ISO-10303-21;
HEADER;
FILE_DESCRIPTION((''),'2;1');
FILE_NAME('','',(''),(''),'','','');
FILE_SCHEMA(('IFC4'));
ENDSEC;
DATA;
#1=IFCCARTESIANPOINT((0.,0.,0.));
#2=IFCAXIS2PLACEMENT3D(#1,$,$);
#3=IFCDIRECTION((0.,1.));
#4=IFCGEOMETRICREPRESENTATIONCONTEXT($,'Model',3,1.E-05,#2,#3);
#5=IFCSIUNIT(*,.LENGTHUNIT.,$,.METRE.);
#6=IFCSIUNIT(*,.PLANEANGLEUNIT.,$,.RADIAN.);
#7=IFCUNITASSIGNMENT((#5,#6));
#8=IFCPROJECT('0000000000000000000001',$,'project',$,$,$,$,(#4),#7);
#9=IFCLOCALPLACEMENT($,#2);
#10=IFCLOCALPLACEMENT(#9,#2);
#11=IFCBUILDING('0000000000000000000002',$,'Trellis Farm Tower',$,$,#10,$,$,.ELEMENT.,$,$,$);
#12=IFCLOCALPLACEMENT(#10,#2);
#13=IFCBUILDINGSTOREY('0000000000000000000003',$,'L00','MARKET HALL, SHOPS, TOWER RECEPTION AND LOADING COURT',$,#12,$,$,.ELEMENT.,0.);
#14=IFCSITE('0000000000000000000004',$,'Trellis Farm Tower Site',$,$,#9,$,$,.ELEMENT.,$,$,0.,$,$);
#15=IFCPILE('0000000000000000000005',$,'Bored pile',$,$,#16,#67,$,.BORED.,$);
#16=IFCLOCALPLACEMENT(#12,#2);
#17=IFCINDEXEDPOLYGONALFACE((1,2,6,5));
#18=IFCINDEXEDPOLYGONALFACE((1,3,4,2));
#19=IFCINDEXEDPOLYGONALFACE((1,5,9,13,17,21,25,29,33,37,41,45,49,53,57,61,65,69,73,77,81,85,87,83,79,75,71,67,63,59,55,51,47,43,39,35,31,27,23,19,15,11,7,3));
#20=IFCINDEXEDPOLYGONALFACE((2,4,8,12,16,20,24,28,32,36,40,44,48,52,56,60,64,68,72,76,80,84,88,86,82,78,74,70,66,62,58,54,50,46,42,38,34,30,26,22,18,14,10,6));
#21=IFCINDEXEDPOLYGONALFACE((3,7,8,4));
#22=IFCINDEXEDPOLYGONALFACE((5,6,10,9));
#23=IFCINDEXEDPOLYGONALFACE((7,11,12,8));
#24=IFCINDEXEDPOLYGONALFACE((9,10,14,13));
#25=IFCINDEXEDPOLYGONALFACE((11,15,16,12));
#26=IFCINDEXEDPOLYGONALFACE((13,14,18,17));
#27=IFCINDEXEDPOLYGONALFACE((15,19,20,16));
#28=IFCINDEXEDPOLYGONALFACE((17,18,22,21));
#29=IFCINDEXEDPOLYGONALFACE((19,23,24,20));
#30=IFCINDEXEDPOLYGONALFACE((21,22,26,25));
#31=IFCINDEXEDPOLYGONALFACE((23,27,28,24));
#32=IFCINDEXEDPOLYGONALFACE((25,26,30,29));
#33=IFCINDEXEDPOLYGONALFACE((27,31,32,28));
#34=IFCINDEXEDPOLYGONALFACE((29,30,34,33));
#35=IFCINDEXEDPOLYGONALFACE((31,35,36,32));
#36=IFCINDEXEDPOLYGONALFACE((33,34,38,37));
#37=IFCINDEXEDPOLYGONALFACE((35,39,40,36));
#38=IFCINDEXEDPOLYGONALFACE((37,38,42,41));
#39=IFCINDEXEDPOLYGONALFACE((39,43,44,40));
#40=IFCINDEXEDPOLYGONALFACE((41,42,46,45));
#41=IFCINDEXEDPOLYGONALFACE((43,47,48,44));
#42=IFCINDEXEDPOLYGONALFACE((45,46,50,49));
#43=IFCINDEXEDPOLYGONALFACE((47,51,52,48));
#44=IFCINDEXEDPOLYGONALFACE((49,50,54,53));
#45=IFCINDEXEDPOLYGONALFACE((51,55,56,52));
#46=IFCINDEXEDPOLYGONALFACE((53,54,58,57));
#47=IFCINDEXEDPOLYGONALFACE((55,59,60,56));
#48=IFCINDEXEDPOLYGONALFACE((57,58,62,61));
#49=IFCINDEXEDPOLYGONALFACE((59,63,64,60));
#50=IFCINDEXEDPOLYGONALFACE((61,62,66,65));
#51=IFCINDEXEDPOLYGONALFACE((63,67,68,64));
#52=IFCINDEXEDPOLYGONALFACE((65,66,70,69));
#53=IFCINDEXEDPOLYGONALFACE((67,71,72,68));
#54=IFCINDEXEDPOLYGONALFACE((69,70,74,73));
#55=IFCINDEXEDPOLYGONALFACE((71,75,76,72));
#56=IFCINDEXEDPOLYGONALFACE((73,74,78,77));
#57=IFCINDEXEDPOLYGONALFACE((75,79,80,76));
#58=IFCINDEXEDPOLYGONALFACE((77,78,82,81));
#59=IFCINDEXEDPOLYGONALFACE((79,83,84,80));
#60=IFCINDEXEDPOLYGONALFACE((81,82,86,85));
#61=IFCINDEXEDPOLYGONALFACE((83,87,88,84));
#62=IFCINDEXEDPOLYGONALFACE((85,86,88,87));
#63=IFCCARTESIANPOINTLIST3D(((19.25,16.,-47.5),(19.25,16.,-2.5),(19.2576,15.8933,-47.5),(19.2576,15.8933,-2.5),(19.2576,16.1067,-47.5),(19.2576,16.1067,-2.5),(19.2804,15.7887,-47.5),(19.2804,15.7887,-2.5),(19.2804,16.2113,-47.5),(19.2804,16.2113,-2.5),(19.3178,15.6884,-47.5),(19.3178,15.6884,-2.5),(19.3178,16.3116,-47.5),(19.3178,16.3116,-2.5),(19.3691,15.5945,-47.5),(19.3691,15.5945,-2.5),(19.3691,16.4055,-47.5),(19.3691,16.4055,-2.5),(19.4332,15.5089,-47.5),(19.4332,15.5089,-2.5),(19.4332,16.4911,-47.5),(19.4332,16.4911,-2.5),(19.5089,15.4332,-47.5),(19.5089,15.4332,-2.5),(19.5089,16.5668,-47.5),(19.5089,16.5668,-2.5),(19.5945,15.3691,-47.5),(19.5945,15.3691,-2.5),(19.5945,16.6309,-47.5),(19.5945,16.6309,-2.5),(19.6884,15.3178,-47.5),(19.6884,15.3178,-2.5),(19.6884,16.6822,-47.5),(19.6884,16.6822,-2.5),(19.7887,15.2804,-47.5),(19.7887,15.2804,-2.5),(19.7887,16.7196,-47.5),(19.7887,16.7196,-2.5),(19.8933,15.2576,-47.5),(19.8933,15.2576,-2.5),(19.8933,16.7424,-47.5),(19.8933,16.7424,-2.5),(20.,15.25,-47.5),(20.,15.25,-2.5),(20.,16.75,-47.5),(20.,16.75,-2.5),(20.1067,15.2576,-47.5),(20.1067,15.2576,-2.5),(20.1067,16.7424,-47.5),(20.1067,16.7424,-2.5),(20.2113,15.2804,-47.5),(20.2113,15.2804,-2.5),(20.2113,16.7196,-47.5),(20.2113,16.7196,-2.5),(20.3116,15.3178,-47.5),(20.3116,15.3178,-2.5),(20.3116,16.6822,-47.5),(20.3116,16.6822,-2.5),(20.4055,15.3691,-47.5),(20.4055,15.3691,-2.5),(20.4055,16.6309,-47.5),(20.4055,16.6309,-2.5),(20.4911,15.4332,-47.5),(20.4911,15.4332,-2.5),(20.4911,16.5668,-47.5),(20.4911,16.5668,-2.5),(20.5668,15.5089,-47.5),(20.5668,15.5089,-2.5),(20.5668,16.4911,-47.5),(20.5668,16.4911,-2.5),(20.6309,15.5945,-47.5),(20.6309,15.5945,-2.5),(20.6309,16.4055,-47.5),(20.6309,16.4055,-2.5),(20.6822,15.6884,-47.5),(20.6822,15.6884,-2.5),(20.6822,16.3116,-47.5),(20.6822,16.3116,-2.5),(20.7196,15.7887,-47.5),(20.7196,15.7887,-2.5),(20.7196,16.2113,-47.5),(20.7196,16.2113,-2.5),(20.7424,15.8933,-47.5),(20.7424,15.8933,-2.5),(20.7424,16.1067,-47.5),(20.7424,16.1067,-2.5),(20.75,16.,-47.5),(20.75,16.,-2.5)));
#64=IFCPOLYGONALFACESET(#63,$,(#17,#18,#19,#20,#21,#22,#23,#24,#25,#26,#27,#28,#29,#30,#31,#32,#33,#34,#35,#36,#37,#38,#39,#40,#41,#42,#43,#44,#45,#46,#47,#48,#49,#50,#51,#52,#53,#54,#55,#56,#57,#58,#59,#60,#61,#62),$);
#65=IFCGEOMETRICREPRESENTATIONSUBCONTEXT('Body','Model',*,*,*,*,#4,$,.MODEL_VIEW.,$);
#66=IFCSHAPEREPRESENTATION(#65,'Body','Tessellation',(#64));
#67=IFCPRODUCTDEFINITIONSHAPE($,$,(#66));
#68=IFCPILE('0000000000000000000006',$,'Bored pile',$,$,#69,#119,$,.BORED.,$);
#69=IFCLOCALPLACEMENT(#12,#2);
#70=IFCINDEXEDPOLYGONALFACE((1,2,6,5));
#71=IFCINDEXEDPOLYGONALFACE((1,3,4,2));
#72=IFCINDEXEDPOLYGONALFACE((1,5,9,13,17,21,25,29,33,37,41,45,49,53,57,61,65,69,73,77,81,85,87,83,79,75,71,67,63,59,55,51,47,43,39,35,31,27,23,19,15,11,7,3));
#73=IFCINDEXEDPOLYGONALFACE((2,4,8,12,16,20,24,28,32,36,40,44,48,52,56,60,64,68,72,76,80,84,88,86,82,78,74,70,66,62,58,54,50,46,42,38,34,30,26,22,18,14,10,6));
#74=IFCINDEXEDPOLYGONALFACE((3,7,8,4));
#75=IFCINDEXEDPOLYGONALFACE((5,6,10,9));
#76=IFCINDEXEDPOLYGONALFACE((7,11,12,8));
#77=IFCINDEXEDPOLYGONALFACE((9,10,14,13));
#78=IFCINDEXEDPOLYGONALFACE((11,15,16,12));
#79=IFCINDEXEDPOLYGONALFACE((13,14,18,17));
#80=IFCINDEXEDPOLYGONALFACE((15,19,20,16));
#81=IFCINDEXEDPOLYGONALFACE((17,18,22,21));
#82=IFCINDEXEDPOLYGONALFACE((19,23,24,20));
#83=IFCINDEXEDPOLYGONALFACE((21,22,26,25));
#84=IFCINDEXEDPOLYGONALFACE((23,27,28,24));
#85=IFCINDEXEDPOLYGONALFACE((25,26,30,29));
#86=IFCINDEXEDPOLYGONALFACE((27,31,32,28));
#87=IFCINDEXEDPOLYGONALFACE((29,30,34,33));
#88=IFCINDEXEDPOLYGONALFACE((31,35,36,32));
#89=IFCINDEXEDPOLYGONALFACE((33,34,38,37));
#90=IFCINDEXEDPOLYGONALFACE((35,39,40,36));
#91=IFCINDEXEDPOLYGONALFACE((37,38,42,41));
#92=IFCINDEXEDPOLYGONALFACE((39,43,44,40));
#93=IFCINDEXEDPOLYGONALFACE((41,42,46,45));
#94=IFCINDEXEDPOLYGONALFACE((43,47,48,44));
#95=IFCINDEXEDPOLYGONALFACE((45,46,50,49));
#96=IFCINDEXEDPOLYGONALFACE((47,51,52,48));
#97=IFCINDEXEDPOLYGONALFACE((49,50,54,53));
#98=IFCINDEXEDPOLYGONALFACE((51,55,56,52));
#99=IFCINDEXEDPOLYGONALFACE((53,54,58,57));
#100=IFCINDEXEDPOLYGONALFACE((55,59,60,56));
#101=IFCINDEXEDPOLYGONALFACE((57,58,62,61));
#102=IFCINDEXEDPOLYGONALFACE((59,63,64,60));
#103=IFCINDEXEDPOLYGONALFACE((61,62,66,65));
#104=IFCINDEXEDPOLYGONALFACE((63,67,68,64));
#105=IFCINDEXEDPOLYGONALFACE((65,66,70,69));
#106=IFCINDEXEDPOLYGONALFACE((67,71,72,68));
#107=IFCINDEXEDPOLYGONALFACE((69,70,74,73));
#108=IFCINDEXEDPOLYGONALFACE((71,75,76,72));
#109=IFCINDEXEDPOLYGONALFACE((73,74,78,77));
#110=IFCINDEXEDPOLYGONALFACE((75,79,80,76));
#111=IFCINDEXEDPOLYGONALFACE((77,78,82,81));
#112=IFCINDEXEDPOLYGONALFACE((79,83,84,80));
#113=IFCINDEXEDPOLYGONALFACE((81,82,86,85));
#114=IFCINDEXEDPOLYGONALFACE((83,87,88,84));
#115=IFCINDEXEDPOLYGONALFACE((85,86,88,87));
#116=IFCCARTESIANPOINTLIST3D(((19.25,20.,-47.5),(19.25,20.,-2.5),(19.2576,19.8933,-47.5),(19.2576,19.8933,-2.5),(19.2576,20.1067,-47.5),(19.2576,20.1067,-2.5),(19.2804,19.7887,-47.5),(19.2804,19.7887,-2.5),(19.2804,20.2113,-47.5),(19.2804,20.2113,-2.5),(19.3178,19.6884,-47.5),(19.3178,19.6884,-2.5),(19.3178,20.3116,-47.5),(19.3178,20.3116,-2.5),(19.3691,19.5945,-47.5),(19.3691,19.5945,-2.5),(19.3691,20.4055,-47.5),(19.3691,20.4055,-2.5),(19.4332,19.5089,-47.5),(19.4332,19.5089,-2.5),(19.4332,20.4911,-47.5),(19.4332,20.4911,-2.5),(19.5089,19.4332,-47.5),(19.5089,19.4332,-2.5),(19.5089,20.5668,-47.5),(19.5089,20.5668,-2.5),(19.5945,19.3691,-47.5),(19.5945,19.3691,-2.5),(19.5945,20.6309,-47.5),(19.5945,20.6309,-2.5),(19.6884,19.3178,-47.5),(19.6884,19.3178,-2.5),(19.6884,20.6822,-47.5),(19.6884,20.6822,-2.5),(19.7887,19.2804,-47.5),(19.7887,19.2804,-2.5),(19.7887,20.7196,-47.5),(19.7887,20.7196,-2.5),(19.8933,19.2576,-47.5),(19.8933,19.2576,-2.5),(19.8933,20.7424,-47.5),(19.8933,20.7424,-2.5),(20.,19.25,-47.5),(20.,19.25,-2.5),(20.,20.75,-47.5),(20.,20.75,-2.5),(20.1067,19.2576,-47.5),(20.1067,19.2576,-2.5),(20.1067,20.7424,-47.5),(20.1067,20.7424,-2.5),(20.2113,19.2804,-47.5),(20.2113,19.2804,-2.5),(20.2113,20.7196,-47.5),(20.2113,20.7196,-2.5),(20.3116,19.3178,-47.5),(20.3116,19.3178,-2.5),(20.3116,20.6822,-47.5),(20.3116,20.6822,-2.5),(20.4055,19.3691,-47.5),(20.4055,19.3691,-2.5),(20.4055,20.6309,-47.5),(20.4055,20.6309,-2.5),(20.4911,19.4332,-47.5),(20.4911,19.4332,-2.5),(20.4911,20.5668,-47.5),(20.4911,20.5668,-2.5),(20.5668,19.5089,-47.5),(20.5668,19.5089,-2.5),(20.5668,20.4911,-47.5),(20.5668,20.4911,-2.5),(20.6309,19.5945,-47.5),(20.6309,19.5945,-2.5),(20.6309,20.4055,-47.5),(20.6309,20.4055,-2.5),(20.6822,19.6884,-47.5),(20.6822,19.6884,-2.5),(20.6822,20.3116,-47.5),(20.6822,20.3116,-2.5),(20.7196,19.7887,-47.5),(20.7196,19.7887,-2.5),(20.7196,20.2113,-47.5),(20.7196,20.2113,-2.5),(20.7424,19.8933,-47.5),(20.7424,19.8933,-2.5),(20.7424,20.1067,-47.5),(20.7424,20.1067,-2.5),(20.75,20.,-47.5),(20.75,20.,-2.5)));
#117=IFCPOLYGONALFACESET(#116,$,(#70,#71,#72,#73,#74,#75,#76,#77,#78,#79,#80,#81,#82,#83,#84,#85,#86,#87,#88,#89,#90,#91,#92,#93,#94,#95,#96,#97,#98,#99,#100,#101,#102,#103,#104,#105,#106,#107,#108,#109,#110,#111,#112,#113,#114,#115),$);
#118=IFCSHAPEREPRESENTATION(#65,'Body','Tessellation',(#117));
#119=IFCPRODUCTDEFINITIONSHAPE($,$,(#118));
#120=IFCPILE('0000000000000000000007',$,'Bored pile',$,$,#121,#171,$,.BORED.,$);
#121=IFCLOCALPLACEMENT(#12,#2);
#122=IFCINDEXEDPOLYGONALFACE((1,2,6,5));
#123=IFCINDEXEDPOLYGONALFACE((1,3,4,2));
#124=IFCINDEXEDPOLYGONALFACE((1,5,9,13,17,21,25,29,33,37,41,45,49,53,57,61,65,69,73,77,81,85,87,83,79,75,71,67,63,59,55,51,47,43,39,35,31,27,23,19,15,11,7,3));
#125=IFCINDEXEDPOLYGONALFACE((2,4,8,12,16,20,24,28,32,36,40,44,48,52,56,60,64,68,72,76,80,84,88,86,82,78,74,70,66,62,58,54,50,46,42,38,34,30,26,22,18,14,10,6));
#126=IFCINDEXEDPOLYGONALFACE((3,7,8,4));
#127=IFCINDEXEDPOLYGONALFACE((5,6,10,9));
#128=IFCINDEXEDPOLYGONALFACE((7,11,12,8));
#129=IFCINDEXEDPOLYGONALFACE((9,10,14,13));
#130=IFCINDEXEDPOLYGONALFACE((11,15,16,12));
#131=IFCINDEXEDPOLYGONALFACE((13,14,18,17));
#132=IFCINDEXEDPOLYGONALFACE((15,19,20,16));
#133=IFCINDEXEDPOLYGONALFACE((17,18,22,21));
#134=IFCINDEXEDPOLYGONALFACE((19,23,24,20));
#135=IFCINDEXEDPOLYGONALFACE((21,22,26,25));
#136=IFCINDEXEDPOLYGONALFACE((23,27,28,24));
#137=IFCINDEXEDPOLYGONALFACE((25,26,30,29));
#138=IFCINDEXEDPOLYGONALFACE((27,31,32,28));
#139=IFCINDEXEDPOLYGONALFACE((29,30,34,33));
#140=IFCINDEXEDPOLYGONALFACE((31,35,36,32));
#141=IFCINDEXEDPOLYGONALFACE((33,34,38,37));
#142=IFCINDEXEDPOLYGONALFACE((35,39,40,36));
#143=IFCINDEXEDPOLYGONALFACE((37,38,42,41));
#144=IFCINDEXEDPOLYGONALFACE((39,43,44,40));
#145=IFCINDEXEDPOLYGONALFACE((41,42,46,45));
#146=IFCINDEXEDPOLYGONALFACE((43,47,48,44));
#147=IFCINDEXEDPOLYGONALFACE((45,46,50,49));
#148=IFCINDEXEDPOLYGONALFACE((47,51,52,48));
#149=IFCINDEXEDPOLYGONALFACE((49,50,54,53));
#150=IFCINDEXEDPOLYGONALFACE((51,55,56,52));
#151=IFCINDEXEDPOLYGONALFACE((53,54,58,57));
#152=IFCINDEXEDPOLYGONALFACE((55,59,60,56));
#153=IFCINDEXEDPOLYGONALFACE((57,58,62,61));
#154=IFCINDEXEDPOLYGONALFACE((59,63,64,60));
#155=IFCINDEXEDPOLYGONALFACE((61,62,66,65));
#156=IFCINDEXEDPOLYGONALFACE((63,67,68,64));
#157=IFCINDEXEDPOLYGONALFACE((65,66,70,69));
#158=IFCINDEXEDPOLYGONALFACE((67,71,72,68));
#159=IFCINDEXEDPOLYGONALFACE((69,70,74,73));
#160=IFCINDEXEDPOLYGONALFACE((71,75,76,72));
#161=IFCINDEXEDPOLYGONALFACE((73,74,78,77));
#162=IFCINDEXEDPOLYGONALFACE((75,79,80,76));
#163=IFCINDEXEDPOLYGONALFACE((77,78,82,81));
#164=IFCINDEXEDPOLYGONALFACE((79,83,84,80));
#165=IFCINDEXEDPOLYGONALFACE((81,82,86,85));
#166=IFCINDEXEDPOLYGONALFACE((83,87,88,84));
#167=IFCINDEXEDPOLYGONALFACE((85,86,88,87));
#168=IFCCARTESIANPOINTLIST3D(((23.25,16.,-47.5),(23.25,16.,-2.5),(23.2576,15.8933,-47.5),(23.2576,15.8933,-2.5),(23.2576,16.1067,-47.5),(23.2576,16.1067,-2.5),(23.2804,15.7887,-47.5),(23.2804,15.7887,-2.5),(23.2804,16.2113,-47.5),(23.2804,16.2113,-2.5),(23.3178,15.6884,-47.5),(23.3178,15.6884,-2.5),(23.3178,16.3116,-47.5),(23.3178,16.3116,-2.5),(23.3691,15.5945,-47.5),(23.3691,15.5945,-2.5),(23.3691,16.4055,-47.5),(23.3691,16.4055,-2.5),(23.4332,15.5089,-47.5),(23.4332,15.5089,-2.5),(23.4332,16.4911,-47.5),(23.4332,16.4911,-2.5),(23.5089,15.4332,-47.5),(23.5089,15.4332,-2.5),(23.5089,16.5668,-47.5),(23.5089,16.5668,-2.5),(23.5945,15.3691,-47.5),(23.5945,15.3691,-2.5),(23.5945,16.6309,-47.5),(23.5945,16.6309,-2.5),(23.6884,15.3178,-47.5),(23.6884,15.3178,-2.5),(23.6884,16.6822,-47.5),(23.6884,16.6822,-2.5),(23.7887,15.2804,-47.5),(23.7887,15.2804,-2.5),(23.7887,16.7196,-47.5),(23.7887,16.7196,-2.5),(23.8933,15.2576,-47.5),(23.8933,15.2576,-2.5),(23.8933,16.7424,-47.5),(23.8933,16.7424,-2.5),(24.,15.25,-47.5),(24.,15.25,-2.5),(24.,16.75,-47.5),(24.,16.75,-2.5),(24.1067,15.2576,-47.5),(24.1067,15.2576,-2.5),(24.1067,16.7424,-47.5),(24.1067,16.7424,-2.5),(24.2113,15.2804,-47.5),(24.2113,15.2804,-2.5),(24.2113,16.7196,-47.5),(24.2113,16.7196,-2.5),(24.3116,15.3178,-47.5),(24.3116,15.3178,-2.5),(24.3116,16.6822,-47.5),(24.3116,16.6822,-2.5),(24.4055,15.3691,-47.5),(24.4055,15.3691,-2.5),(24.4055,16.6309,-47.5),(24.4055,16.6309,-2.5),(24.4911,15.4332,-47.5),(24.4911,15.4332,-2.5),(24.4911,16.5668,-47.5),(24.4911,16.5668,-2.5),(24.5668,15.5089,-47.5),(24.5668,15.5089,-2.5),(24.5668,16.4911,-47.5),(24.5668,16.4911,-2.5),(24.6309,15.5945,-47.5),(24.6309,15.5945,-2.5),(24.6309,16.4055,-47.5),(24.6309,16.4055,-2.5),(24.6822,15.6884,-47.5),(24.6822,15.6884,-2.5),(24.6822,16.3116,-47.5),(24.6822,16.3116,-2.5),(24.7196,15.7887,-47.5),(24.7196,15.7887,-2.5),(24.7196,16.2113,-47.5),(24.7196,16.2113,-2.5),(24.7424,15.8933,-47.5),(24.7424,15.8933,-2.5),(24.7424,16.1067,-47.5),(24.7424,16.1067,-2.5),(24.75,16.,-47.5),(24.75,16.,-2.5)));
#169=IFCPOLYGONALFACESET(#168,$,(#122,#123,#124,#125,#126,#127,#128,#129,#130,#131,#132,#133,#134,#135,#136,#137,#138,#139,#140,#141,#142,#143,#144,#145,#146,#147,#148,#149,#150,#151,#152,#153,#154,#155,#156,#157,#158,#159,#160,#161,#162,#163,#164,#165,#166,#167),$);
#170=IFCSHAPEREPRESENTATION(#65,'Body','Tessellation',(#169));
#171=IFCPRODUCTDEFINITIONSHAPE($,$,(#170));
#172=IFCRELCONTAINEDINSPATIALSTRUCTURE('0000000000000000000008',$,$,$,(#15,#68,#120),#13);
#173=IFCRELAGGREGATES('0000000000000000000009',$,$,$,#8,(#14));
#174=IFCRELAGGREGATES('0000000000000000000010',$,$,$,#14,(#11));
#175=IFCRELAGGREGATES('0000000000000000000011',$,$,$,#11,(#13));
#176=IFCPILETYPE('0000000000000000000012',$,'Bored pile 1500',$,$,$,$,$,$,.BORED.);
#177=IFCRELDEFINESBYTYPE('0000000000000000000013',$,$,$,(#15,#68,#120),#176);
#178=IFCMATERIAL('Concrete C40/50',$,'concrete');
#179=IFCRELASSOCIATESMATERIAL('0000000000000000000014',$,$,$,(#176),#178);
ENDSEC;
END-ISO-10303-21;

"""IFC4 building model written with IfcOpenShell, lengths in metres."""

from ifc_helpers import new_model, si_unit, direction, frame, origin, origin_2d, place, context, subcontext, project, spatial, circle, extrude, source, transform, mapped, material, material_profile, profile_set, type_object, element, save


model = new_model("IFC4")

# Units and contexts
model_context = context("Model", 3, precision=1e-05, world=origin(), true_north=direction((0.0, 1.0)))
body_context = subcontext(model_context, "Body", "Model", "MODEL_VIEW")
ifc_project = project(units=[si_unit("LENGTHUNIT", "METRE"), si_unit("PLANEANGLEUNIT", "RADIAN")], contexts=[model_context])

# Site, building, storey
site_placement = place(None, origin())
site = spatial("IfcSite", under=ifc_project, at=site_placement, Name="Trellis Farm Tower Site", CompositionType="ELEMENT", RefElevation=0.0)
building_placement = place(site_placement, origin())
building = spatial("IfcBuilding", under=site, at=building_placement, Name="Trellis Farm Tower", CompositionType="ELEMENT")
storey_placement = place(building_placement, origin())
storey = spatial("IfcBuildingStorey", under=building, at=storey_placement, Name="L00", Description="MARKET HALL, SHOPS, TOWER RECEPTION AND LOADING COURT", CompositionType="ELEMENT", Elevation=0.0)

# Piles
ifc_material_1 = material(Name="Concrete C40/50", Category="concrete")
ifc_material_profile_1 = material_profile(ifc_material_1, circle(Radius=0.75, at=origin_2d()), Name="Bored pile 1500")
ifc_profile_set_1 = profile_set([ifc_material_profile_1], Name="Concrete C40/50")
pile_type = type_object("IfcPileType", Name="Bored pile 1500", PredefinedType="BORED", material=ifc_profile_set_1)
shared_shape_1 = source(origin(), body_context, "Body", "SweptSolid", [
    extrude(circle(Radius=0.75, at=origin_2d()), origin(), (0.0, 0.0, 1.0), 45.0),
])
for number, where, z_axis, x_axis, name in (
    (1, (20.0, 16.0, -2.5), (0.0, 0.0, -1.0), (1.0, 0.0, 0.0), "Bored pile"),
    (2, (20.0, 20.0, -2.5), (0.0, 0.0, -1.0), (1.0, 0.0, 0.0), "Bored pile"),
    (3, (24.0, 16.0, -2.5), (0.0, 0.0, -1.0), (1.0, 0.0, 0.0), "Bored pile"),
):
    element("IfcPile", number, at=place(storey_placement, frame(where, z_axis=z_axis, x_axis=x_axis)), inside=storey, type_object=pile_type, Name=name, PredefinedType="BORED", context=body_context, shape_type="MappedRepresentation", body=[
        mapped(shared_shape_1, transform((0.0, 0.0, 0.0))),
    ])

save(model, "model.ifc")
